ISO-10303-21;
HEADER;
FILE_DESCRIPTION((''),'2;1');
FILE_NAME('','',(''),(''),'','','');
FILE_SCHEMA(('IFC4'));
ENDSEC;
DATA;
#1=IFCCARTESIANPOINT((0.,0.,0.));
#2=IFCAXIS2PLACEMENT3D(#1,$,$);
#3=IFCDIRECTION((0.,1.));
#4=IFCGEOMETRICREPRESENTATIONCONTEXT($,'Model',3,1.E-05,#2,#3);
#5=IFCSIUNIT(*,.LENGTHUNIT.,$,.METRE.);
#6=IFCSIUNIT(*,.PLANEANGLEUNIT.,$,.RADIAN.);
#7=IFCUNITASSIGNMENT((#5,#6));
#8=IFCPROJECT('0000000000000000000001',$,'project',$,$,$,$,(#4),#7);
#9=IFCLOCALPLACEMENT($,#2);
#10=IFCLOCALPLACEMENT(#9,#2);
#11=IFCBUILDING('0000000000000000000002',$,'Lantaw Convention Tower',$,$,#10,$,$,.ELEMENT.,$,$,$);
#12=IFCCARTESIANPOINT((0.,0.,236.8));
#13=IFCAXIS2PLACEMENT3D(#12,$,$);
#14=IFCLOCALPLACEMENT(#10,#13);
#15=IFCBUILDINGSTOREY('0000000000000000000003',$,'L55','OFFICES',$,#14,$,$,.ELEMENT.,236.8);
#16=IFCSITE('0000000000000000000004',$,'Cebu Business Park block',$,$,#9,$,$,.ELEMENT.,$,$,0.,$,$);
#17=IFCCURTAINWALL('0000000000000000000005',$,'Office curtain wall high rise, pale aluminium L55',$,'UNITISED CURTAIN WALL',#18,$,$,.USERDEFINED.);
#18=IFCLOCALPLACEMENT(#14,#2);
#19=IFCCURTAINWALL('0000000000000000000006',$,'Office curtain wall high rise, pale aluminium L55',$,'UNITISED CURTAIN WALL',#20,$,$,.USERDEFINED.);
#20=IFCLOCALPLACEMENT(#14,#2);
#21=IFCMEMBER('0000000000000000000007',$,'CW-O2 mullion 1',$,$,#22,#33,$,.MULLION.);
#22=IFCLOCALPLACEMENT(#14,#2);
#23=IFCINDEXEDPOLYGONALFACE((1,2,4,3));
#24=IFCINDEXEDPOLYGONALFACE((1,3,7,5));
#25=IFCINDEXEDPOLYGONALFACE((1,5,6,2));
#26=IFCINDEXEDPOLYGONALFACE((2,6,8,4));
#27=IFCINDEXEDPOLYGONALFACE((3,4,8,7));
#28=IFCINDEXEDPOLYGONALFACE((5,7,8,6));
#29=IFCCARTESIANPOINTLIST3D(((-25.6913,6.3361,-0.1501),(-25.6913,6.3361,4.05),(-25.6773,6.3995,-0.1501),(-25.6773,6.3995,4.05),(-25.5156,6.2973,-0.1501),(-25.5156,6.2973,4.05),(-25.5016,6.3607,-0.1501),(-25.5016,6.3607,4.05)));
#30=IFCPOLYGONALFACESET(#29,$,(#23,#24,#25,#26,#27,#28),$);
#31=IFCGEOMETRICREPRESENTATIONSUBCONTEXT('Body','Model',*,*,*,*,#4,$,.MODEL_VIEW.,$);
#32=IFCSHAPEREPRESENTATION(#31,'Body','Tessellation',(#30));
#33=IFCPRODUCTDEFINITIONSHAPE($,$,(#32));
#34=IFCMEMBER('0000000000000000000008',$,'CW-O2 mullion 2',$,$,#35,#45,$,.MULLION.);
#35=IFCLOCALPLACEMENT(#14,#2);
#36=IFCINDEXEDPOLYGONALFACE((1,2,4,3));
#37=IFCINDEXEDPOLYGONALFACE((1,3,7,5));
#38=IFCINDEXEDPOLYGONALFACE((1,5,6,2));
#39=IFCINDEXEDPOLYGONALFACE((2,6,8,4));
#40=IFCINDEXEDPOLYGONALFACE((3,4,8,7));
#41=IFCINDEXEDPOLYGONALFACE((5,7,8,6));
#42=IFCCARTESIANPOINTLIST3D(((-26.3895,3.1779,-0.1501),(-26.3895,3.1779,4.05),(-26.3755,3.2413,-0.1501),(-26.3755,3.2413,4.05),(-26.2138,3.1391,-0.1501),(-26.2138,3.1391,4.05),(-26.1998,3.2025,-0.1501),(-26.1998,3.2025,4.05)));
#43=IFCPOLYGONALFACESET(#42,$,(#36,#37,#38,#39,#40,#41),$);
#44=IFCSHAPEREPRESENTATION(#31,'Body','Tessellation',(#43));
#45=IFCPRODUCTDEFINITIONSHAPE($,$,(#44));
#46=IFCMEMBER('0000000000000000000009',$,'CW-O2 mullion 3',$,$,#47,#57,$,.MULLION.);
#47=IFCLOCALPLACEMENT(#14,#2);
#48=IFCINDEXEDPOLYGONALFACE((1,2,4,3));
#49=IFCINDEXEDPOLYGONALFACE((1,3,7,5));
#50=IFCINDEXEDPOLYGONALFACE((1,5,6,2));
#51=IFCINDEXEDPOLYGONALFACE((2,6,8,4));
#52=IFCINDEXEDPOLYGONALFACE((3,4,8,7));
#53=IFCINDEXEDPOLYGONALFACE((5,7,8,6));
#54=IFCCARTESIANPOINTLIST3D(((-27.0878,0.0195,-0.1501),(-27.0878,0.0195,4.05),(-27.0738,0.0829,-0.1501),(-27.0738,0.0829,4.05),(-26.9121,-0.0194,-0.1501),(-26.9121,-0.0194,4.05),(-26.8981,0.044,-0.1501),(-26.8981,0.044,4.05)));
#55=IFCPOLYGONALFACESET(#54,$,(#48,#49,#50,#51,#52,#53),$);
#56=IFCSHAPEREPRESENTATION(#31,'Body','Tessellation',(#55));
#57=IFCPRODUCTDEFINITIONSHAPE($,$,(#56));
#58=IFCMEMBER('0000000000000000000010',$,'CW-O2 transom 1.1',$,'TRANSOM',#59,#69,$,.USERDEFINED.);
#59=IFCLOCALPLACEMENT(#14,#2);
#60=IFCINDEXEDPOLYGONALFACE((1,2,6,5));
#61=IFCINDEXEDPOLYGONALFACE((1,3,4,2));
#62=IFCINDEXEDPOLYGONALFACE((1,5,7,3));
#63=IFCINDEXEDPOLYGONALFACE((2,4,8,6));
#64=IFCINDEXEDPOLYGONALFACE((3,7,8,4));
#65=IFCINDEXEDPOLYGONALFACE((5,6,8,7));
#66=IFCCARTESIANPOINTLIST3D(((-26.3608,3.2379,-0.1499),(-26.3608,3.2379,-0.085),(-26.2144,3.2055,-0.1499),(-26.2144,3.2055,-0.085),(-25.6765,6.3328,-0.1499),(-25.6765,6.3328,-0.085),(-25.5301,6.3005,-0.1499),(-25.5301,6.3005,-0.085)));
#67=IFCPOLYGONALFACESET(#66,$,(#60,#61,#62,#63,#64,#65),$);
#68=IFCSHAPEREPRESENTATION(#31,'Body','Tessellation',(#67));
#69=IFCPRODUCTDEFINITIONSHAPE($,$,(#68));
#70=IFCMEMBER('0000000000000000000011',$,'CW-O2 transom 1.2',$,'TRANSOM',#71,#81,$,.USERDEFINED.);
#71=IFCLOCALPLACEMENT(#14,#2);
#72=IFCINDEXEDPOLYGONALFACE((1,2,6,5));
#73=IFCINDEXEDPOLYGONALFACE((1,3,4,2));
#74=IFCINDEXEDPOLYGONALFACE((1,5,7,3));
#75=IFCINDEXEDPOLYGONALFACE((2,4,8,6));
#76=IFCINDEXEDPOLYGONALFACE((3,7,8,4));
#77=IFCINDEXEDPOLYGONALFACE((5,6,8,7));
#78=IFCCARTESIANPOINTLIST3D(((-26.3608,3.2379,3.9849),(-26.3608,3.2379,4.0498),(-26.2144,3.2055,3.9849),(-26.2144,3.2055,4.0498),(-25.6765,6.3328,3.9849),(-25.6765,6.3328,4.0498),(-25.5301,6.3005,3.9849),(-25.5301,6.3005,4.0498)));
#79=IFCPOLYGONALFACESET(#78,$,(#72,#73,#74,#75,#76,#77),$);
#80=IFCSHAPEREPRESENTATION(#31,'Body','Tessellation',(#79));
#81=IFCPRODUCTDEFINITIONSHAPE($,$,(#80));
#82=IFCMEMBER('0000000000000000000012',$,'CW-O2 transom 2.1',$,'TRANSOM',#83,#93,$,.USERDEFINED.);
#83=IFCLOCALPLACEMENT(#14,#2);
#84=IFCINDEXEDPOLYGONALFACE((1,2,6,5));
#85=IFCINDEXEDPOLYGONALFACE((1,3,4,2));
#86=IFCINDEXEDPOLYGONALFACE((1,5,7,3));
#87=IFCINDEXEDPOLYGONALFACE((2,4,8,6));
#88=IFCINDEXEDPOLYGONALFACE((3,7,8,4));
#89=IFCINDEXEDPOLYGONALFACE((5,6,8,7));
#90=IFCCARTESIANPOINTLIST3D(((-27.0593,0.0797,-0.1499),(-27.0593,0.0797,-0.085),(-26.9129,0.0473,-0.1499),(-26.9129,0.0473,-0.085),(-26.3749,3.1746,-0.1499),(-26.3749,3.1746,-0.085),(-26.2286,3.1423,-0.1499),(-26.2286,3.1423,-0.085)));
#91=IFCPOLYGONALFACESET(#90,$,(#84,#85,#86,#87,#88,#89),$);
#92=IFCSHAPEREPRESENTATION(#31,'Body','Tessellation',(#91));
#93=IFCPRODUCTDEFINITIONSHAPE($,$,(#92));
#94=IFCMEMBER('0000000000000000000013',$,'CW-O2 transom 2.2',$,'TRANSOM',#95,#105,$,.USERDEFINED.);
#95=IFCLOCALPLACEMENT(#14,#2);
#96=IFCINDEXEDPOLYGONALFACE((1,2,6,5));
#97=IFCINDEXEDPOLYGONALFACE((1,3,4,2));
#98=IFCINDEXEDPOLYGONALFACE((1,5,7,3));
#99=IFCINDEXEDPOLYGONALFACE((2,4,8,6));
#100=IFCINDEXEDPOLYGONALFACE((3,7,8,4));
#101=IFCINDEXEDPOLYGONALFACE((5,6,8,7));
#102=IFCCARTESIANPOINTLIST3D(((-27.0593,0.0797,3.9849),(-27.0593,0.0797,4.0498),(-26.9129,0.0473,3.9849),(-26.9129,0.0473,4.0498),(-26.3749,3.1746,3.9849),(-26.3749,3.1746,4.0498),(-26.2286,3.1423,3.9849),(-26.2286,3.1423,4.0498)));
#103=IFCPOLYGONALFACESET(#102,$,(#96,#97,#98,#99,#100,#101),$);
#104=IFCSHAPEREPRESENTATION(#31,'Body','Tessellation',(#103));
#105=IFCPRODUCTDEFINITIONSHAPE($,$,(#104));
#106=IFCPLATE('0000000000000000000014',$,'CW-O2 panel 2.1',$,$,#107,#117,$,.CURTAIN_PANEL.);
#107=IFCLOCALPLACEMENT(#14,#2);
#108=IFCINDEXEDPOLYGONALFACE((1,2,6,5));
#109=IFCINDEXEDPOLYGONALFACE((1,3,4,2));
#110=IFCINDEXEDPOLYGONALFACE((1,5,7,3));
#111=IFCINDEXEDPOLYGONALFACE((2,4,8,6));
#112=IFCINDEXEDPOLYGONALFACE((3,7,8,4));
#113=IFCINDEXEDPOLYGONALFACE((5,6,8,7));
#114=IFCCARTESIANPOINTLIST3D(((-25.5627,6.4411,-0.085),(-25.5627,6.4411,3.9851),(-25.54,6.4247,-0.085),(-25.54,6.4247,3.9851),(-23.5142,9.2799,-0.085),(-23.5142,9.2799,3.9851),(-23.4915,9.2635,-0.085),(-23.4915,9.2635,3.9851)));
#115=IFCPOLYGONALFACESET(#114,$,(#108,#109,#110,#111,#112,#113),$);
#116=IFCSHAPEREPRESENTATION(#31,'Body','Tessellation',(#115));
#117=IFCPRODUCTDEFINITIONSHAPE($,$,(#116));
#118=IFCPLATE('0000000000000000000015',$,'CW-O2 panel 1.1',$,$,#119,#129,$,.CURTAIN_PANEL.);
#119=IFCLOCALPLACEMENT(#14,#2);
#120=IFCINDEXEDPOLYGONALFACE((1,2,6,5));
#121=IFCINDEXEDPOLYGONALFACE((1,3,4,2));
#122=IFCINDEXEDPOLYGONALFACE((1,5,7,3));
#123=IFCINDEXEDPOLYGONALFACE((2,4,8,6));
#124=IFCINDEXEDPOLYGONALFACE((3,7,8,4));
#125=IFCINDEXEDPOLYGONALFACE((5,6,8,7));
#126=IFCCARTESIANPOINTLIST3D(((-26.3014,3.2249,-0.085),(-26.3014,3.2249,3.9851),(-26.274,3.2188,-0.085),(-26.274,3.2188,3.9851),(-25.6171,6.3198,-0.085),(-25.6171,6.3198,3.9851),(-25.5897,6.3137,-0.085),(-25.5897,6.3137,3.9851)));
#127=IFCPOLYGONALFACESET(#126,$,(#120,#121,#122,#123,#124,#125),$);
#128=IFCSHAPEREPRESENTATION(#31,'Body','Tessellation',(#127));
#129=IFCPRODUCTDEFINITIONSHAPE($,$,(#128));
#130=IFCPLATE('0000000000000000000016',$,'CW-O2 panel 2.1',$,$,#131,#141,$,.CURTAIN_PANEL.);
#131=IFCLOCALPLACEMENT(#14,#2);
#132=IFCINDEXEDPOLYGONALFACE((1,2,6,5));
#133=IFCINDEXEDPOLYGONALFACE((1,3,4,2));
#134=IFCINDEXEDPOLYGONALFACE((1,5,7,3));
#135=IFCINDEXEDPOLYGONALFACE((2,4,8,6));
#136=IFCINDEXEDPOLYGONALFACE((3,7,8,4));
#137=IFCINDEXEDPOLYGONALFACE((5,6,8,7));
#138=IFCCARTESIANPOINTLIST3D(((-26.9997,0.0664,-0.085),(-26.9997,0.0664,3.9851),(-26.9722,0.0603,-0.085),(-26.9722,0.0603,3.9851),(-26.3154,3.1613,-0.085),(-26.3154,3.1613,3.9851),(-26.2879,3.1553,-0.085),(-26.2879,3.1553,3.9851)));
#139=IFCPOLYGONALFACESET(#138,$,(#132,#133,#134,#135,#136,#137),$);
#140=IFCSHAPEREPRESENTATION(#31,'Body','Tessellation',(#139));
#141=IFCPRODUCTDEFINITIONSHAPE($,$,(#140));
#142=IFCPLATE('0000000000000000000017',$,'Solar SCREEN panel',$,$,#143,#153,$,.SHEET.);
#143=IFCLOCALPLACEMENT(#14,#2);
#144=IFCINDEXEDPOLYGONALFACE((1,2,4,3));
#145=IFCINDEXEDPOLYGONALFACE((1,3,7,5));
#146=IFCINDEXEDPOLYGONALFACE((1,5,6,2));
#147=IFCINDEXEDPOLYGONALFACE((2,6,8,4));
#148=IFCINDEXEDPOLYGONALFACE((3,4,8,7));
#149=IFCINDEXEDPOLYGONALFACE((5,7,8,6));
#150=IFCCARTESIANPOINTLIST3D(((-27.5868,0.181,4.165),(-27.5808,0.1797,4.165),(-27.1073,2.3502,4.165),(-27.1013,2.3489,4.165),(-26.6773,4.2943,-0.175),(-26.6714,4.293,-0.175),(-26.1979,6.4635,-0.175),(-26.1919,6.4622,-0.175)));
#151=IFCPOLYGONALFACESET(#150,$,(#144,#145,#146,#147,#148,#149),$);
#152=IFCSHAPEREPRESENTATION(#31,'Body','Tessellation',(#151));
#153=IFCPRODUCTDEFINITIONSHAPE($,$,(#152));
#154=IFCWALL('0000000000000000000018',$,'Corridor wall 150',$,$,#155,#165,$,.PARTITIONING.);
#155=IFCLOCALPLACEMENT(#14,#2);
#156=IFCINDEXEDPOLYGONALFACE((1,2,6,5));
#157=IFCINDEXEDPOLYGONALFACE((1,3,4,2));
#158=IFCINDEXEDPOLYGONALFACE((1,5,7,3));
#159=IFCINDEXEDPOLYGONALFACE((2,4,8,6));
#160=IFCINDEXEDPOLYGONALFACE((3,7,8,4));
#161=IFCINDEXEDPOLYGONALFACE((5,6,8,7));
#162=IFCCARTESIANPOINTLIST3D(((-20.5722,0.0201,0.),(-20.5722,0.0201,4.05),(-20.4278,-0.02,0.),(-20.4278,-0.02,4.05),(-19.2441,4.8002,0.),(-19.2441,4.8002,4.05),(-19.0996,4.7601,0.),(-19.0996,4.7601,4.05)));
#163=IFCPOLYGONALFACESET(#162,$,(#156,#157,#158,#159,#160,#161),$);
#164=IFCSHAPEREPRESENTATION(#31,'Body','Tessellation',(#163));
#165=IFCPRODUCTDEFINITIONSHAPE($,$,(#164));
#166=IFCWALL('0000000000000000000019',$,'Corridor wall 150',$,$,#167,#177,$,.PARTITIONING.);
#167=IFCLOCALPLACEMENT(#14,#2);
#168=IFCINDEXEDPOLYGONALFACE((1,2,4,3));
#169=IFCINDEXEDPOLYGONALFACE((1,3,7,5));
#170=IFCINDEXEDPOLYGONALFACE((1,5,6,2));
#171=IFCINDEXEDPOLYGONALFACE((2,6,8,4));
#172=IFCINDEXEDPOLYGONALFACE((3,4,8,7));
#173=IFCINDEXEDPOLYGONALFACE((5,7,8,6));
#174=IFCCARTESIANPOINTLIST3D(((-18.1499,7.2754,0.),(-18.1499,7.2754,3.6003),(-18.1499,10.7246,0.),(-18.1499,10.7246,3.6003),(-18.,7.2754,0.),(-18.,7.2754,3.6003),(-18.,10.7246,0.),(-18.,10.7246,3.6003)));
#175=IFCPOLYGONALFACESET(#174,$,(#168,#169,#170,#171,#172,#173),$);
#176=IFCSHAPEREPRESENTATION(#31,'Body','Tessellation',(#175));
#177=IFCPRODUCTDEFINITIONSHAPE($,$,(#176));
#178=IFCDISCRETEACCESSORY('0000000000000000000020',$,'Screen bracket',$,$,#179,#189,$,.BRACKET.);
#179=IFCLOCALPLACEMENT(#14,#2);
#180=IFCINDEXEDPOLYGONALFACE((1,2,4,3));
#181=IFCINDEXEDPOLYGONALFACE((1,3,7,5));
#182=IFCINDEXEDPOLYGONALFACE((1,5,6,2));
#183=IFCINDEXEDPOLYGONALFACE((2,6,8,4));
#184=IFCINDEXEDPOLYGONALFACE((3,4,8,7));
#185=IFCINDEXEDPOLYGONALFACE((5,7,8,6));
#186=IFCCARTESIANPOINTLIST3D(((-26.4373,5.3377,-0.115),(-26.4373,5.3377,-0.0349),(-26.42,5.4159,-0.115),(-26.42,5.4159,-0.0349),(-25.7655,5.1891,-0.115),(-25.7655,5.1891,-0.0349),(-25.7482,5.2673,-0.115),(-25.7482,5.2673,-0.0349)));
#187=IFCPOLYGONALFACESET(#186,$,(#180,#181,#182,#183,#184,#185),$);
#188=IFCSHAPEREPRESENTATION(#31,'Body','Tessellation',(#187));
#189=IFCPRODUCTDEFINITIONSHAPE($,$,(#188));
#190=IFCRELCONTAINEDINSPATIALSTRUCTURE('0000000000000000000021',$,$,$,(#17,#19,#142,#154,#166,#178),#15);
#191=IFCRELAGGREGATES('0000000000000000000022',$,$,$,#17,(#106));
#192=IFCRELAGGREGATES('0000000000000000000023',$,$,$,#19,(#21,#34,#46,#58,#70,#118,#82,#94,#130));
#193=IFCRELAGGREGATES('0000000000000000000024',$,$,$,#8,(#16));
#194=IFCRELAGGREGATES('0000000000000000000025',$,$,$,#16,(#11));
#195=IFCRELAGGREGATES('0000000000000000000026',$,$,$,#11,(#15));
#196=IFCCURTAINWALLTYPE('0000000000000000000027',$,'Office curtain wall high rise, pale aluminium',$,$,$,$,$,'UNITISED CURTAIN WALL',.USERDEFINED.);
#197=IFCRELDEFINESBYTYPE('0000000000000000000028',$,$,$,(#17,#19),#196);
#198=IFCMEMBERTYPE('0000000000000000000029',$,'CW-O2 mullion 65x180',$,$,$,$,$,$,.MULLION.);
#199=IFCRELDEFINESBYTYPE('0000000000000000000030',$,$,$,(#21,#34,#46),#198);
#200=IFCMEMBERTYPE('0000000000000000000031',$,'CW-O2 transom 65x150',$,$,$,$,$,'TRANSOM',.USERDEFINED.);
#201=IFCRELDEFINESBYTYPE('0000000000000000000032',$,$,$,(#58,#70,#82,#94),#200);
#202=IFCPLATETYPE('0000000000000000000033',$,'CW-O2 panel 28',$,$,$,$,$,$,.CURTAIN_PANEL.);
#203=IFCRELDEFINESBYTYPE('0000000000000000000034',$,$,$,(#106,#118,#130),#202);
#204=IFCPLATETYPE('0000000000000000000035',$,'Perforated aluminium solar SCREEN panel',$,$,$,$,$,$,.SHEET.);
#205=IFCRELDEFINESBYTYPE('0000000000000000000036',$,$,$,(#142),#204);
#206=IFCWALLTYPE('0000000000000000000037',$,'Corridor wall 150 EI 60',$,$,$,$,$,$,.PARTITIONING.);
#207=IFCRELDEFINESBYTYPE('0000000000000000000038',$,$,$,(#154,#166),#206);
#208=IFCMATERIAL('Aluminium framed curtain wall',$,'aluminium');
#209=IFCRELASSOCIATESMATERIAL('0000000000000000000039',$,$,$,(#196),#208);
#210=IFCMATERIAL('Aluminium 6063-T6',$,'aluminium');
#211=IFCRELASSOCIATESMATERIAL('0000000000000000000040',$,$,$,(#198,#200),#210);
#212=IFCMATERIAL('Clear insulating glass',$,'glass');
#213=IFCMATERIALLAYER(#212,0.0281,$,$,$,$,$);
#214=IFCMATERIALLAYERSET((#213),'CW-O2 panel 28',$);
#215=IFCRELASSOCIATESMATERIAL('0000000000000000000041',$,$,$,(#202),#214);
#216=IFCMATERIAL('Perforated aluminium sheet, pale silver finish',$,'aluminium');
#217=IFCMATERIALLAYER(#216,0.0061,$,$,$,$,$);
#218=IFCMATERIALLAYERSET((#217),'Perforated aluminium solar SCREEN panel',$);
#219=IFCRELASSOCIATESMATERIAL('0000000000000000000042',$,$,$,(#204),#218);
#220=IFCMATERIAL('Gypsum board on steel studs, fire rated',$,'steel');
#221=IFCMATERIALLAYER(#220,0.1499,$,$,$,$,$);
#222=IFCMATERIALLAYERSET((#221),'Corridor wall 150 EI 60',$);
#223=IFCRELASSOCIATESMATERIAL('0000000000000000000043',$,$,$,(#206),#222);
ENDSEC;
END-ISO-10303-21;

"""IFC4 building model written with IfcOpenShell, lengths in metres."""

from ifc_helpers import new_model, si_unit, direction, frame, frame_2d, origin, origin_2d, place, context, subcontext, project, spatial, polyline, rectangle, outline, extrude, material, layer, layer_set, material_profile, profile_set, type_object, element, aggregate, save


model = new_model("IFC4")

# Units and contexts
model_context = context("Model", 3, precision=1e-05, world=origin(), true_north=direction((0.0, 1.0)))
body_context = subcontext(model_context, "Body", "Model", "MODEL_VIEW")
ifc_project = project(units=[si_unit("LENGTHUNIT", "METRE"), si_unit("PLANEANGLEUNIT", "RADIAN")], contexts=[model_context])

# Site, building, storey
site_placement = place(None, origin())
site = spatial("IfcSite", under=ifc_project, at=site_placement, Name="Cebu Business Park block", CompositionType="ELEMENT", RefElevation=0.0)
building_placement = place(site_placement, origin())
building = spatial("IfcBuilding", under=site, at=building_placement, Name="Lantaw Convention Tower", CompositionType="ELEMENT")
storey_placement = place(building_placement, frame((0.0, 0.0, 236.8)))
storey = spatial("IfcBuildingStorey", under=building, at=storey_placement, Name="L55", Description="OFFICES", CompositionType="ELEMENT", Elevation=236.8)

# Curtain wall
ifc_material_1 = material(Name="Aluminium framed curtain wall", Category="aluminium")
curtain_wall_type = type_object("IfcCurtainWallType", Name="Office curtain wall high rise, pale aluminium", ElementType="UNITISED CURTAIN WALL", PredefinedType="USERDEFINED", material=ifc_material_1)
curtain_wall_1_placement = place(storey_placement, origin())
curtain_wall_1 = element("IfcCurtainWall", 1, at=curtain_wall_1_placement, inside=storey, type_object=curtain_wall_type, Name="Office curtain wall high rise, pale aluminium L55", ObjectType="UNITISED CURTAIN WALL", PredefinedType="USERDEFINED")
ifc_material_2 = material(Name="Aluminium 6063-T6", Category="aluminium")
ifc_material_profile_1 = material_profile(ifc_material_2, rectangle(XDim=0.1799, YDim=0.0649, at=origin_2d()), Name="CW-O2 mullion 65x180")
ifc_profile_set_1 = profile_set([ifc_material_profile_1], Name="Aluminium 6063-T6")
member_type_1 = type_object("IfcMemberType", Name="CW-O2 mullion 65x180", PredefinedType="MULLION", material=ifc_profile_set_1)

# Curtain wall, members
curtain_wall_2_placement = place(storey_placement, origin())
curtain_wall_2 = element("IfcCurtainWall", 2, at=curtain_wall_2_placement, inside=storey, type_object=curtain_wall_type, Name="Office curtain wall high rise, pale aluminium L55", ObjectType="UNITISED CURTAIN WALL", PredefinedType="USERDEFINED")
member_1_placement = place(storey_placement, frame((-25.5964, 6.3484, -0.1501), z_axis=(0.0, 0.0, 1.0), x_axis=(0.976417, -0.215891, 0.0)))
member_1 = element("IfcMember", 3, at=member_1_placement, type_object=member_type_1, Name="CW-O2 mullion 1", PredefinedType="MULLION", context=body_context, shape_type="SweptSolid", body=[
    extrude(rectangle(XDim=0.1799, YDim=0.0649, at=origin_2d()), origin(), (0.0, 0.0, 1.0), 4.2002),
])
member_2_placement = place(storey_placement, frame((-26.2947, 3.1902, -0.1501), z_axis=(0.0, 0.0, 1.0), x_axis=(0.976417, -0.215891, 0.0)))
member_2 = element("IfcMember", 4, at=member_2_placement, type_object=member_type_1, Name="CW-O2 mullion 2", PredefinedType="MULLION", context=body_context, shape_type="SweptSolid", body=[
    extrude(rectangle(XDim=0.1799, YDim=0.0649, at=origin_2d()), origin(), (0.0, 0.0, 1.0), 4.2002),
])
member_3_placement = place(storey_placement, frame((-26.9929, 0.0317, -0.1501), z_axis=(0.0, 0.0, 1.0), x_axis=(0.976417, -0.215891, 0.0)))
member_3 = element("IfcMember", 5, at=member_3_placement, type_object=member_type_1, Name="CW-O2 mullion 3", PredefinedType="MULLION", context=body_context, shape_type="SweptSolid", body=[
    extrude(rectangle(XDim=0.1799, YDim=0.0649, at=origin_2d()), origin(), (0.0, 0.0, 1.0), 4.2002),
])
ifc_material_profile_2 = material_profile(ifc_material_2, rectangle(XDim=0.1499, YDim=0.0649, at=origin_2d()), Name="CW-O2 transom 65x150")
ifc_profile_set_2 = profile_set([ifc_material_profile_2], Name="Aluminium 6063-T6")
member_type_2 = type_object("IfcMemberType", Name="CW-O2 transom 65x150", ElementType="TRANSOM", PredefinedType="USERDEFINED", material=ifc_profile_set_2)
member_4_placement = place(storey_placement, frame((-25.6033, 6.3167, -0.1174), z_axis=(-0.215895, -0.976417, 0.0), x_axis=(0.976417, -0.215895, 0.0)))
member_4 = element("IfcMember", 6, at=member_4_placement, type_object=member_type_2, Name="CW-O2 transom 1.1", ObjectType="TRANSOM", PredefinedType="USERDEFINED", context=body_context, shape_type="SweptSolid", body=[
    extrude(rectangle(XDim=0.1499, YDim=0.0649, at=origin_2d()), origin(), (0.0, 0.0, 1.0), 3.1697),
])
member_5_placement = place(storey_placement, frame((-25.6033, 6.3167, 4.0173), z_axis=(-0.215895, -0.976417, 0.0), x_axis=(0.976417, -0.215895, 0.0)))
member_5 = element("IfcMember", 7, at=member_5_placement, type_object=member_type_2, Name="CW-O2 transom 1.2", ObjectType="TRANSOM", PredefinedType="USERDEFINED", context=body_context, shape_type="SweptSolid", body=[
    extrude(rectangle(XDim=0.1499, YDim=0.0649, at=origin_2d()), origin(), (0.0, 0.0, 1.0), 3.1697),
])
member_6_placement = place(storey_placement, frame((-26.3018, 3.1584, -0.1174), z_axis=(-0.215895, -0.976417, 0.0), x_axis=(0.976417, -0.215895, 0.0)))
member_6 = element("IfcMember", 8, at=member_6_placement, type_object=member_type_2, Name="CW-O2 transom 2.1", ObjectType="TRANSOM", PredefinedType="USERDEFINED", context=body_context, shape_type="SweptSolid", body=[
    extrude(rectangle(XDim=0.1499, YDim=0.0649, at=origin_2d()), origin(), (0.0, 0.0, 1.0), 3.1697),
])
member_7_placement = place(storey_placement, frame((-26.3018, 3.1584, 4.0173), z_axis=(-0.215895, -0.976417, 0.0), x_axis=(0.976417, -0.215895, 0.0)))
member_7 = element("IfcMember", 9, at=member_7_placement, type_object=member_type_2, Name="CW-O2 transom 2.2", ObjectType="TRANSOM", PredefinedType="USERDEFINED", context=body_context, shape_type="SweptSolid", body=[
    extrude(rectangle(XDim=0.1499, YDim=0.0649, at=origin_2d()), origin(), (0.0, 0.0, 1.0), 3.1697),
])

# Plates
ifc_material_3 = material(Name="Clear insulating glass", Category="glass")
ifc_layer_1 = layer(ifc_material_3, 0.0281)
ifc_layer_set_1 = layer_set([ifc_layer_1], Name="CW-O2 panel 28")
plate_type_1 = type_object("IfcPlateType", Name="CW-O2 panel 28", PredefinedType="CURTAIN_PANEL", material=ifc_layer_set_1)
plate_1_placement = place(storey_placement, frame((-24.5271, 7.8523, -0.085), z_axis=(0.0, 0.0, 1.0), x_axis=(-0.585158, -0.81092, 0.0)))
plate_1 = element("IfcPlate", 10, at=plate_1_placement, type_object=plate_type_1, Name="CW-O2 panel 2.1", PredefinedType="CURTAIN_PANEL", context=body_context, shape_type="SweptSolid", body=[
    extrude(rectangle(XDim=3.5007, YDim=0.0281, at=origin_2d()), origin(), (0.0, 0.0, 1.0), 4.0701),
])
aggregate(curtain_wall_1, [plate_1])
plate_2_placement = place(storey_placement, frame((-25.9456, 4.7693, -0.085), z_axis=(0.0, 0.0, 1.0), x_axis=(-0.215891, -0.976417, 0.0)))
plate_2 = element("IfcPlate", 11, at=plate_2_placement, type_object=plate_type_1, Name="CW-O2 panel 1.1", PredefinedType="CURTAIN_PANEL", context=body_context, shape_type="SweptSolid", body=[
    extrude(rectangle(XDim=3.1697, YDim=0.0281, at=origin_2d()), origin(), (0.0, 0.0, 1.0), 4.0701),
])
plate_3_placement = place(storey_placement, frame((-26.6438, 1.6108, -0.085), z_axis=(0.0, 0.0, 1.0), x_axis=(-0.215891, -0.976417, 0.0)))
plate_3 = element("IfcPlate", 12, at=plate_3_placement, type_object=plate_type_1, Name="CW-O2 panel 2.1", PredefinedType="CURTAIN_PANEL", context=body_context, shape_type="SweptSolid", body=[
    extrude(rectangle(XDim=3.1697, YDim=0.0281, at=origin_2d()), origin(), (0.0, 0.0, 1.0), 4.0701),
])
aggregate(curtain_wall_2, [member_1, member_2, member_3, member_4, member_5, plate_2, member_6, member_7, plate_3])
ifc_material_4 = material(Name="Perforated aluminium sheet, pale silver finish", Category="aluminium")
ifc_layer_2 = layer(ifc_material_4, 0.0061)
ifc_layer_set_2 = layer_set([ifc_layer_2], Name="Perforated aluminium solar SCREEN panel")
plate_type_2 = type_object("IfcPlateType", Name="Perforated aluminium solar SCREEN panel", PredefinedType="SHEET", material=ifc_layer_set_2)
plate_4_placement = place(storey_placement, frame((-26.1919, 6.4622, -0.175), z_axis=(0.97643, -0.215837, 0.000044), x_axis=(-0.215837, -0.97643, 0.0)))
element("IfcPlate", 13, at=plate_4_placement, inside=storey, type_object=plate_type_2, Name="Solar SCREEN panel", PredefinedType="SHEET", context=body_context, shape_type="SweptSolid", body=[
    extrude(outline(polyline([(0.0, 0.0), (2.2216, 0.0), (6.4342, -4.3401), (4.2126, -4.3401), (0.0, 0.0)])), origin(), (0.0, 0.0, -1.0), 0.0061),
])

# Walls
ifc_material_5 = material(Name="Gypsum board on steel studs, fire rated", Category="steel")
ifc_layer_3 = layer(ifc_material_5, 0.1499)
ifc_layer_set_3 = layer_set([ifc_layer_3], Name="Corridor wall 150 EI 60")
wall_type = type_object("IfcWallType", Name="Corridor wall 150 EI 60", PredefinedType="PARTITIONING", material=ifc_layer_set_3)
wall_1_placement = place(storey_placement, frame((-19.1719, 4.78, 0.0), z_axis=(0.0, 0.0, 1.0), x_axis=(-0.267707, -0.9635, 0.0)))
element("IfcWall", 14, at=wall_1_placement, inside=storey, type_object=wall_type, Name="Corridor wall 150", PredefinedType="PARTITIONING", context=body_context, shape_type="SweptSolid", body=[
    extrude(rectangle(XDim=4.9612, YDim=0.1499, at=frame_2d((2.4805, 0.0))), origin(), (0.0, 0.0, 1.0), 4.05),
])
wall_2_placement = place(storey_placement, frame((-18.075, 7.2754, 0.0), z_axis=(0.0, 0.0, 1.0), x_axis=(0.0, 1.0, 0.0)))
element("IfcWall", 15, at=wall_2_placement, inside=storey, type_object=wall_type, Name="Corridor wall 150", PredefinedType="PARTITIONING", context=body_context, shape_type="SweptSolid", body=[
    extrude(rectangle(XDim=3.4492, YDim=0.1499, at=frame_2d((1.7246, 0.0))), origin(), (0.0, 0.0, 1.0), 3.6003),
])

# Discrete accessory
discrete_accessory_placement = place(storey_placement, frame((-26.0928, 5.3025, -0.115), z_axis=(0.0, 0.0, 1.0), x_axis=(-0.215891, -0.976417, 0.0)))
element("IfcDiscreteAccessory", 16, at=discrete_accessory_placement, inside=storey, Name="Screen bracket", PredefinedType="BRACKET", context=body_context, shape_type="SweptSolid", body=[
    extrude(rectangle(XDim=0.0801, YDim=0.688, at=origin_2d()), origin(), (0.0, 0.0, 1.0), 0.0801),
])

save(model, "model.ifc")
